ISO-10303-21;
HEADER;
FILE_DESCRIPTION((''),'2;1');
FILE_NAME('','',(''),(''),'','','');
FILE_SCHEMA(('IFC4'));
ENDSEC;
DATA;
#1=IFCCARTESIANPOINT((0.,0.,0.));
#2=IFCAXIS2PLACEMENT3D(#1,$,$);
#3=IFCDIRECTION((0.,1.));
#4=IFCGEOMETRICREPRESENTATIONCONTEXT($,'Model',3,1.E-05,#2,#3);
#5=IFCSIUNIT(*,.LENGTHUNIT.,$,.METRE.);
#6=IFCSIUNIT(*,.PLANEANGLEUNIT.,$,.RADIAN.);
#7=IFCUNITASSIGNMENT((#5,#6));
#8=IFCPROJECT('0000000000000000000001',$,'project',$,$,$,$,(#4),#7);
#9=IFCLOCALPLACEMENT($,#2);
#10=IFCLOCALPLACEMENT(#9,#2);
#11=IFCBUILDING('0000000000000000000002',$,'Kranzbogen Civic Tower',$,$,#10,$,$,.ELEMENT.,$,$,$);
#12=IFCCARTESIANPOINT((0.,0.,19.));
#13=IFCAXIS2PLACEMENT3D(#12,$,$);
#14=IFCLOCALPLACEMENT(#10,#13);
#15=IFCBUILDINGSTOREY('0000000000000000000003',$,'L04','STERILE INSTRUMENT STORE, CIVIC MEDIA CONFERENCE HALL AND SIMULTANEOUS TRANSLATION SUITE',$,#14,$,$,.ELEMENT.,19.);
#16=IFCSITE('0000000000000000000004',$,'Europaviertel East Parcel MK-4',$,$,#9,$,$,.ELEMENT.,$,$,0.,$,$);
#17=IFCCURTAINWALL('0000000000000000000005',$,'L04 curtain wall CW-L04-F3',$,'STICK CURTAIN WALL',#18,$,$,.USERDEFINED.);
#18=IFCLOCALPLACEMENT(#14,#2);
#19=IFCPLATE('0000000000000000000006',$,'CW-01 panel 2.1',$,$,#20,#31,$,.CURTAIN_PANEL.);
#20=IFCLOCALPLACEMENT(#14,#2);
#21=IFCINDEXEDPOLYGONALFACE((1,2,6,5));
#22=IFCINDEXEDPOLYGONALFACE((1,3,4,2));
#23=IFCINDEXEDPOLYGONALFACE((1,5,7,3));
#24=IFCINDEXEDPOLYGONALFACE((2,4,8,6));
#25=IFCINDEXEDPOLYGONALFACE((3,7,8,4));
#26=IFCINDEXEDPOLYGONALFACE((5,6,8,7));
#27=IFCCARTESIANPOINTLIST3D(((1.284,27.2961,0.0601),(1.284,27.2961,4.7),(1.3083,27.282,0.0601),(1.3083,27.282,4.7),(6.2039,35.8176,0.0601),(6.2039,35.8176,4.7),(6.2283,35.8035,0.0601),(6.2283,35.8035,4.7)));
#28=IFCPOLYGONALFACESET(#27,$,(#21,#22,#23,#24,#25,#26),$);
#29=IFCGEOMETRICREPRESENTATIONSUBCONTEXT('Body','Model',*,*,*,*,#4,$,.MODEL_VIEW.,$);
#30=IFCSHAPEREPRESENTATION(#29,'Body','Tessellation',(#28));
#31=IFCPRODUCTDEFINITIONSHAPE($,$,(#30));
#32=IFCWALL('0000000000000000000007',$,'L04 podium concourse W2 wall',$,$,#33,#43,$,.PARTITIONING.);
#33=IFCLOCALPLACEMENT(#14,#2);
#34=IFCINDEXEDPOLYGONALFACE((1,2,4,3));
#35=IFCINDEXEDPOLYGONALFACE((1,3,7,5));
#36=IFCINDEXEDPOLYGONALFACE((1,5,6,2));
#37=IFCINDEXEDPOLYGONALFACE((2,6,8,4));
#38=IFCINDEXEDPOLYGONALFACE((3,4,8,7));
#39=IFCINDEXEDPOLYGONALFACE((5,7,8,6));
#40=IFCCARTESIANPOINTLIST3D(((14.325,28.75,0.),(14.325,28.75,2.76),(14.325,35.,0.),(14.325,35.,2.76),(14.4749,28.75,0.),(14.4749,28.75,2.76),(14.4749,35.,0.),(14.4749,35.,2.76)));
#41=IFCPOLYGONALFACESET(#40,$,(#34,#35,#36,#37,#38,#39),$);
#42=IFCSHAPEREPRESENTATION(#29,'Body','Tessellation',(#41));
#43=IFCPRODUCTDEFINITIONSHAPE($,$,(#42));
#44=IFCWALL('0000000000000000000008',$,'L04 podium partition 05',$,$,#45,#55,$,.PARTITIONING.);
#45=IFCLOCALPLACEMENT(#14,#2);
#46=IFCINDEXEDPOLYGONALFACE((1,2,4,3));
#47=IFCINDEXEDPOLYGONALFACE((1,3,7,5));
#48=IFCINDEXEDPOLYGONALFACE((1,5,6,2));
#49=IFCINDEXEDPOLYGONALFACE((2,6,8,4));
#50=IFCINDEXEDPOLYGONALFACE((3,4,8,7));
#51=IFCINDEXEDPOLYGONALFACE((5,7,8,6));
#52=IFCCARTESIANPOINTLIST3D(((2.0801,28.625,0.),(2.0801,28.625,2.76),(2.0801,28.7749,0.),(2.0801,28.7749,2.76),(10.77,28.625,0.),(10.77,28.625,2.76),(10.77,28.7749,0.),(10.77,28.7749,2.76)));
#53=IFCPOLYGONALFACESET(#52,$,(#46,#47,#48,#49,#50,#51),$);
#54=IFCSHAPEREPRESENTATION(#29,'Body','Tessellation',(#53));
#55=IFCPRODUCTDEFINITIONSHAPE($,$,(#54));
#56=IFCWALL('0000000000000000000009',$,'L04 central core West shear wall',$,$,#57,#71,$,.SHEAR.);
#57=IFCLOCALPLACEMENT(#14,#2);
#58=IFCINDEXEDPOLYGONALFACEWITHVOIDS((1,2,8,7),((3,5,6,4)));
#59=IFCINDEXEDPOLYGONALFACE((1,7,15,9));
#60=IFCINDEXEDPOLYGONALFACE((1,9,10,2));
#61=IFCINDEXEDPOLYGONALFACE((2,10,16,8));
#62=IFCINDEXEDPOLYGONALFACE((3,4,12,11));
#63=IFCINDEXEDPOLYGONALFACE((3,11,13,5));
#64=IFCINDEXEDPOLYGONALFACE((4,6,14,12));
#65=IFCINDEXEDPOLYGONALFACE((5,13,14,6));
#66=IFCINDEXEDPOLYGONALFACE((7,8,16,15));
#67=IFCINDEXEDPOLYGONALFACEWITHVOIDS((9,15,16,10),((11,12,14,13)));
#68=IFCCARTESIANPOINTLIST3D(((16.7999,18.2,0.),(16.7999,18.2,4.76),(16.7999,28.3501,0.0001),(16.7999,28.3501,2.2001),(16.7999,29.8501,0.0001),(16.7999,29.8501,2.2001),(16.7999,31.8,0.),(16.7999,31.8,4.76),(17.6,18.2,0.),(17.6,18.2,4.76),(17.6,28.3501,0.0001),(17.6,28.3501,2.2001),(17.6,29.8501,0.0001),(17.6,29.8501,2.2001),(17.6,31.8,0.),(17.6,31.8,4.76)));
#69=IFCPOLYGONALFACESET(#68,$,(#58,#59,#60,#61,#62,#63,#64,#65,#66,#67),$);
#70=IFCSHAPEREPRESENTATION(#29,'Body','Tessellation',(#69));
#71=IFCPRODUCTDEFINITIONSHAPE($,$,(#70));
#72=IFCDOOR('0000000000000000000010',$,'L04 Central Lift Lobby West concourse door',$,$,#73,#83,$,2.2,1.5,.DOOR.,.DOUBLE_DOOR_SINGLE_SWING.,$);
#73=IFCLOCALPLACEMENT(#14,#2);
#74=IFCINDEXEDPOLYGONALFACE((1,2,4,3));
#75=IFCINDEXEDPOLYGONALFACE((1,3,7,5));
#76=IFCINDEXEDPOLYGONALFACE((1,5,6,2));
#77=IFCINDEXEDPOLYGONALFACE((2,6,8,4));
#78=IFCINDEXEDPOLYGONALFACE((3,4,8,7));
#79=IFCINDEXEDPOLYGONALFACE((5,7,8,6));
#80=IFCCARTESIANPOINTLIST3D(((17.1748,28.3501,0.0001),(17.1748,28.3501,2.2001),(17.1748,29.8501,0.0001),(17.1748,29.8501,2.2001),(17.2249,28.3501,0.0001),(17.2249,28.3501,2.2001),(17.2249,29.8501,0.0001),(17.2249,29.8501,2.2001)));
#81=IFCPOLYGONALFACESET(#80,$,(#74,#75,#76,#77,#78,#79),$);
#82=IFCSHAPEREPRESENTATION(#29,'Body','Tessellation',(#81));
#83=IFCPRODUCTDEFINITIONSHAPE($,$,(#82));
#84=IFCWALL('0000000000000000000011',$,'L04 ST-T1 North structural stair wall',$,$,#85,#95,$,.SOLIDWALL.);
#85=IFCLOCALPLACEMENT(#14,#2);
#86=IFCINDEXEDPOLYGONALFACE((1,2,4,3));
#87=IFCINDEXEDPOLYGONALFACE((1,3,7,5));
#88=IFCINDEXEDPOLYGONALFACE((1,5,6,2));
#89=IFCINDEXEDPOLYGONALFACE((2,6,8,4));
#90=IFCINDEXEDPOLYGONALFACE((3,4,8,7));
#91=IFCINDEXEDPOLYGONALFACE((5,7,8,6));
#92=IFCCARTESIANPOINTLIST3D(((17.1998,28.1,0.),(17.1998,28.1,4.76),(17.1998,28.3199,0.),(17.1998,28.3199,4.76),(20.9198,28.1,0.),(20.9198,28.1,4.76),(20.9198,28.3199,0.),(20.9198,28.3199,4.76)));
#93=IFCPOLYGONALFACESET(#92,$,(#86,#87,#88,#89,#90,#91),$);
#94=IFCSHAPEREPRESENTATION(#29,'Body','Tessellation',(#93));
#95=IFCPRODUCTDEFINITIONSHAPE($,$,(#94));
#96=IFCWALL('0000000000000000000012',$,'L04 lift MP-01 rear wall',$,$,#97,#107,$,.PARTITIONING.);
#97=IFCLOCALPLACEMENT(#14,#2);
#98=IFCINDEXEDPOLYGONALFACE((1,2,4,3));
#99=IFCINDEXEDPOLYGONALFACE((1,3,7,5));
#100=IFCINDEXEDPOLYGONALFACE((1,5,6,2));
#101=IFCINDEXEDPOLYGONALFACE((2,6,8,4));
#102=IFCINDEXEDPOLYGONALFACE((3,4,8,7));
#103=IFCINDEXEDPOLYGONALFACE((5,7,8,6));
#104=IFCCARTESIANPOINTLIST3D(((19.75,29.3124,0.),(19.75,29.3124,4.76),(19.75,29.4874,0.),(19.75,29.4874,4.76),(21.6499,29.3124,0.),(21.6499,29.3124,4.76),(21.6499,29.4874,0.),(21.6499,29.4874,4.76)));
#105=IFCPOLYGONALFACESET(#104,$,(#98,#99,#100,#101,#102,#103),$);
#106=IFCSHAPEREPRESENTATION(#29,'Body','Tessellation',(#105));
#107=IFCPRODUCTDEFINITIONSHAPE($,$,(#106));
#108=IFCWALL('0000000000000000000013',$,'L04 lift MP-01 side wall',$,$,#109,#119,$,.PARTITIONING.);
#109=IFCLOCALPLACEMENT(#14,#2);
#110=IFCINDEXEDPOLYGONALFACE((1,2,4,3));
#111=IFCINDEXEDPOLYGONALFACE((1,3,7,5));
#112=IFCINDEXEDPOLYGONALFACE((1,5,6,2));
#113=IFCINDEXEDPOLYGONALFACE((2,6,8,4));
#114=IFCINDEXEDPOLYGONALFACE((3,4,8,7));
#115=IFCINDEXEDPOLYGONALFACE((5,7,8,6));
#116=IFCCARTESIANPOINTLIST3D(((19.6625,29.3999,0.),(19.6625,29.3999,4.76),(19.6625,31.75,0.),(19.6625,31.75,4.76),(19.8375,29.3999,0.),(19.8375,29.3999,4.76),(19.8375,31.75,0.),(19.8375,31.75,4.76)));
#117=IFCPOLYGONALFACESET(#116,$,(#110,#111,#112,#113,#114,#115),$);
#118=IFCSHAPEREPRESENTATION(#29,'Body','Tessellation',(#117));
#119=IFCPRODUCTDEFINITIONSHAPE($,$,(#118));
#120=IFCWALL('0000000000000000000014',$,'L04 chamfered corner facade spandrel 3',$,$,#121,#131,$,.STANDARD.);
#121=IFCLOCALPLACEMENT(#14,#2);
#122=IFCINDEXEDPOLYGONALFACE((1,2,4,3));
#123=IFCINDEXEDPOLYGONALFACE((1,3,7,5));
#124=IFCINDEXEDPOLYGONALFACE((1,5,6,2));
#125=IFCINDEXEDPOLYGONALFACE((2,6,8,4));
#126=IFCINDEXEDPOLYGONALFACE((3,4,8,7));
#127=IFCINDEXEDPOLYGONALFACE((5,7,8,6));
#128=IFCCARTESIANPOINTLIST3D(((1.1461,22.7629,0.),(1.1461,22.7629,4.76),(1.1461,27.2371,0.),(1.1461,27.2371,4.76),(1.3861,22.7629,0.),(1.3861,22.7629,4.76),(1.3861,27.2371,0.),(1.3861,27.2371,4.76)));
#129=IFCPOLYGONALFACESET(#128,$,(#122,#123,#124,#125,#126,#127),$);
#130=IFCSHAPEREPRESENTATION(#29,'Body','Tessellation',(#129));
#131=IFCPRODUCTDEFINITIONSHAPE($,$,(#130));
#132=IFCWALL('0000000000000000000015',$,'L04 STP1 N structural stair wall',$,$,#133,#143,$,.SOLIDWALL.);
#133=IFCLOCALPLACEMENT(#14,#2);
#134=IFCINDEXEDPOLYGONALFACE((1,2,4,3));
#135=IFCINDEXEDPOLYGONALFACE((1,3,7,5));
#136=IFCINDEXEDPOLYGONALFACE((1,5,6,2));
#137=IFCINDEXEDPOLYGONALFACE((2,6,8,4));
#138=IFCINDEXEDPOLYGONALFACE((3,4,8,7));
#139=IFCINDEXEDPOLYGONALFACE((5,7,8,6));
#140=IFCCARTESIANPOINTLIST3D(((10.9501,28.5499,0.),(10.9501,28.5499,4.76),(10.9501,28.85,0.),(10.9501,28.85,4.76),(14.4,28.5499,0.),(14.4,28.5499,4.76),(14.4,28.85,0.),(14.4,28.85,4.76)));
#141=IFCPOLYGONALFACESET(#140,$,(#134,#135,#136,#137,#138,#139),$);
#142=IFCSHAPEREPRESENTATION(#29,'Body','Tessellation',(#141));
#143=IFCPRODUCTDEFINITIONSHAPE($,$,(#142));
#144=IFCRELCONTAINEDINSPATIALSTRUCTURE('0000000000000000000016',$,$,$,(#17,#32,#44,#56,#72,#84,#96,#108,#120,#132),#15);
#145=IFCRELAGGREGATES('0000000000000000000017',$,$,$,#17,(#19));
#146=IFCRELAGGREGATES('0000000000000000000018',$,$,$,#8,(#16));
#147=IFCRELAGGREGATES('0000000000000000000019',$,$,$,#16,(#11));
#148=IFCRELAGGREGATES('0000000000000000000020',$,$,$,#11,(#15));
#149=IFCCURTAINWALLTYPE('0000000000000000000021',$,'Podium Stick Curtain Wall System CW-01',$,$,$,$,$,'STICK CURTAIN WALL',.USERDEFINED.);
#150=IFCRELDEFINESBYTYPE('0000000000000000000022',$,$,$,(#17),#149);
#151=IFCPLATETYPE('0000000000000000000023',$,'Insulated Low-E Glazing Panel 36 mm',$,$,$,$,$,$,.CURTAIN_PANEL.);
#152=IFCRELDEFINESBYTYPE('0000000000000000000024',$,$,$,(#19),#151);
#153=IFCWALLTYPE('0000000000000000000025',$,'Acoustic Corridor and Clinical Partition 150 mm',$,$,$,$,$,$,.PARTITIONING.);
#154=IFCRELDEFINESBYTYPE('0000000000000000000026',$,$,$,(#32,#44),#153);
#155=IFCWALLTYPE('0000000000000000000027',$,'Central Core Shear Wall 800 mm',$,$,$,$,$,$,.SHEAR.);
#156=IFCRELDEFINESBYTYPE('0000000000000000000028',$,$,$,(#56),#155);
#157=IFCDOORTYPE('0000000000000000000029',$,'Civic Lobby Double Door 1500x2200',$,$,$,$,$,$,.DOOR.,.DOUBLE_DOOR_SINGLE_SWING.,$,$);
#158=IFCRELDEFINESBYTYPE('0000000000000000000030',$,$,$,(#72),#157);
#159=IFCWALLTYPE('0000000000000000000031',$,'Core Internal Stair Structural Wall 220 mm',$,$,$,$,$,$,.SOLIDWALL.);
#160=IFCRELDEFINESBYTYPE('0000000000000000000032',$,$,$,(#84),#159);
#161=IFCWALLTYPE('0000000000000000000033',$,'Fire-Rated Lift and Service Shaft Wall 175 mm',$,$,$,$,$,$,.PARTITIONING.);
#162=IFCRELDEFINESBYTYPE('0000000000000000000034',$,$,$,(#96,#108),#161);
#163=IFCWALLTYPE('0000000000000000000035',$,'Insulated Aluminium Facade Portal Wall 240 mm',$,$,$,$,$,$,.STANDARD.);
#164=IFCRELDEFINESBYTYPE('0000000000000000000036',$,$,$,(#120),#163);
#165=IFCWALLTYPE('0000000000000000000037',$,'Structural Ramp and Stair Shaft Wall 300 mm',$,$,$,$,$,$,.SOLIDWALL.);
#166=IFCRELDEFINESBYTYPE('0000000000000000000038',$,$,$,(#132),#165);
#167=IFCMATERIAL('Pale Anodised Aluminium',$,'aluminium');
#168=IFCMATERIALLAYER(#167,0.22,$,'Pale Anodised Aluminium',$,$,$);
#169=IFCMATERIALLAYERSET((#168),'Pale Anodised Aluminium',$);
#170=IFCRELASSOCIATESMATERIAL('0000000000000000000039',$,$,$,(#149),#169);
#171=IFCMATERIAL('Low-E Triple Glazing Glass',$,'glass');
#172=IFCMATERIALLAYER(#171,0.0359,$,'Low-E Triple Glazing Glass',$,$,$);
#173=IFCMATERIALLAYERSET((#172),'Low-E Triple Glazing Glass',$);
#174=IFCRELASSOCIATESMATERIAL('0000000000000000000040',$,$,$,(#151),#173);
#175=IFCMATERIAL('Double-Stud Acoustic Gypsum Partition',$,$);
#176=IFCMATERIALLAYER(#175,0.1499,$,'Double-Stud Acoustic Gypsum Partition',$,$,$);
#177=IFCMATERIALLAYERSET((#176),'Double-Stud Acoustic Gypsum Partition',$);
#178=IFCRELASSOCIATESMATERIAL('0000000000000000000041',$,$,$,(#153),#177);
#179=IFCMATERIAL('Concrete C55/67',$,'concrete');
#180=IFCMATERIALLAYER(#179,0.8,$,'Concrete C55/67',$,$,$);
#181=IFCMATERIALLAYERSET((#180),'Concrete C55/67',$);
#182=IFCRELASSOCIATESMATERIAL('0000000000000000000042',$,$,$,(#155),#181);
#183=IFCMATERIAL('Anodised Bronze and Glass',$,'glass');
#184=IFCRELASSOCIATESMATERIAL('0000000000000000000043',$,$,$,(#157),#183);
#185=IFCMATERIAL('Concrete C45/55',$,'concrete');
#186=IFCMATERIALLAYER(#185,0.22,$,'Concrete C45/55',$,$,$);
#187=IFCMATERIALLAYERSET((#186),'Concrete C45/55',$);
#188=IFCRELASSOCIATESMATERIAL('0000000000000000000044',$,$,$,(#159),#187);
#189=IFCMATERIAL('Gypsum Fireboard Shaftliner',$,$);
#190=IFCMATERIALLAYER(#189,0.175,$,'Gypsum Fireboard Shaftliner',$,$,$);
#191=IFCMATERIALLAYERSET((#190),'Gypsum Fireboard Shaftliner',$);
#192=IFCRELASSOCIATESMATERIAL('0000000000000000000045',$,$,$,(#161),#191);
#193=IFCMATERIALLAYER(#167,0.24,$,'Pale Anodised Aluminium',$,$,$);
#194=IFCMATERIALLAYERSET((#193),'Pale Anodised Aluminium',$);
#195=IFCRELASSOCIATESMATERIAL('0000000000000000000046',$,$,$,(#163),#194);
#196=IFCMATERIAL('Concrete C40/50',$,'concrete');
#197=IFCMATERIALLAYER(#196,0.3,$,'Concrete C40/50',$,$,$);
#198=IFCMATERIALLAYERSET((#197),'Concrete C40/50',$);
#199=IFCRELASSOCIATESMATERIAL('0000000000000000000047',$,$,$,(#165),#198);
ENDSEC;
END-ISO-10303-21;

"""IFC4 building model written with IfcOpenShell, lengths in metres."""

from ifc_helpers import new_model, si_unit, direction, frame, frame_2d, origin, origin_2d, place, context, subcontext, project, spatial, rectangle, extrude, material, layer, layer_set, type_object, element, fill, aggregate, save


model = new_model("IFC4")

# Units and contexts
model_context = context("Model", 3, precision=1e-05, world=origin(), true_north=direction((0.0, 1.0)))
body_context = subcontext(model_context, "Body", "Model", "MODEL_VIEW")
ifc_project = project(units=[si_unit("LENGTHUNIT", "METRE"), si_unit("PLANEANGLEUNIT", "RADIAN")], contexts=[model_context])

# Site, building, storey
site_placement = place(None, origin())
site = spatial("IfcSite", under=ifc_project, at=site_placement, Name="Europaviertel East Parcel MK-4", CompositionType="ELEMENT", RefElevation=0.0)
building_placement = place(site_placement, origin())
building = spatial("IfcBuilding", under=site, at=building_placement, Name="Kranzbogen Civic Tower", CompositionType="ELEMENT")
storey_placement = place(building_placement, frame((0.0, 0.0, 19.0)))
storey = spatial("IfcBuildingStorey", under=building, at=storey_placement, Name="L04", Description="STERILE INSTRUMENT STORE, CIVIC MEDIA CONFERENCE HALL AND SIMULTANEOUS TRANSLATION SUITE", CompositionType="ELEMENT", Elevation=19.0)

# Curtain wall
ifc_material_1 = material(Name="Pale Anodised Aluminium", Category="aluminium")
ifc_layer_1 = layer(ifc_material_1, 0.22, Name="Pale Anodised Aluminium")
ifc_layer_set_1 = layer_set([ifc_layer_1], Name="Pale Anodised Aluminium")
curtain_wall_type = type_object("IfcCurtainWallType", Name="Podium Stick Curtain Wall System CW-01", ElementType="STICK CURTAIN WALL", PredefinedType="USERDEFINED", material=ifc_layer_set_1)
curtain_wall_placement = place(storey_placement, origin())
curtain_wall = element("IfcCurtainWall", 1, at=curtain_wall_placement, inside=storey, type_object=curtain_wall_type, Name="L04 curtain wall CW-L04-F3", ObjectType="STICK CURTAIN WALL", PredefinedType="USERDEFINED")

# Plate
ifc_material_2 = material(Name="Low-E Triple Glazing Glass", Category="glass")
ifc_layer_2 = layer(ifc_material_2, 0.0359, Name="Low-E Triple Glazing Glass")
ifc_layer_set_2 = layer_set([ifc_layer_2], Name="Low-E Triple Glazing Glass")
plate_type = type_object("IfcPlateType", Name="Insulated Low-E Glazing Panel 36 mm", PredefinedType="CURTAIN_PANEL", material=ifc_layer_set_2)
plate_placement = place(storey_placement, frame((3.7561, 31.5498, 0.0601), z_axis=(0.0, 0.0, 1.0), x_axis=(-0.500006, -0.866022, 0.0)))
plate = element("IfcPlate", 2, at=plate_placement, type_object=plate_type, Name="CW-01 panel 2.1", PredefinedType="CURTAIN_PANEL", context=body_context, shape_type="SweptSolid", body=[
    extrude(rectangle(XDim=9.8398, YDim=0.0281, at=origin_2d()), origin(), (0.0, 0.0, 1.0), 4.6399),
])
aggregate(curtain_wall, [plate])

# Walls
ifc_material_3 = material(Name="Double-Stud Acoustic Gypsum Partition")
ifc_layer_3 = layer(ifc_material_3, 0.1499, Name="Double-Stud Acoustic Gypsum Partition")
ifc_layer_set_3 = layer_set([ifc_layer_3], Name="Double-Stud Acoustic Gypsum Partition")
wall_type_1 = type_object("IfcWallType", Name="Acoustic Corridor and Clinical Partition 150 mm", PredefinedType="PARTITIONING", material=ifc_layer_set_3)
wall_1_placement = place(storey_placement, frame((14.3999, 28.75, 0.0), z_axis=(0.0, 0.0, 1.0), x_axis=(0.0, 1.0, 0.0)))
element("IfcWall", 3, at=wall_1_placement, inside=storey, type_object=wall_type_1, Name="L04 podium concourse W2 wall", PredefinedType="PARTITIONING", context=body_context, shape_type="SweptSolid", body=[
    extrude(rectangle(XDim=6.25, YDim=0.1499, at=frame_2d((3.125, 0.0))), origin(), (0.0, 0.0, 1.0), 2.76),
])
wall_2_placement = place(storey_placement, frame((2.0801, 28.7, 0.0), z_axis=(0.0, 0.0, 1.0), x_axis=(1.0, 0.0, 0.0)))
element("IfcWall", 4, at=wall_2_placement, inside=storey, type_object=wall_type_1, Name="L04 podium partition 05", PredefinedType="PARTITIONING", context=body_context, shape_type="SweptSolid", body=[
    extrude(rectangle(XDim=8.6899, YDim=0.1499, at=frame_2d((4.345, 0.0))), origin(), (0.0, 0.0, 1.0), 2.76),
])

# Wall, opening, door
ifc_material_4 = material(Name="Concrete C55/67", Category="concrete")
ifc_layer_4 = layer(ifc_material_4, 0.8, Name="Concrete C55/67")
ifc_layer_set_4 = layer_set([ifc_layer_4], Name="Concrete C55/67")
wall_type_2 = type_object("IfcWallType", Name="Central Core Shear Wall 800 mm", PredefinedType="SHEAR", material=ifc_layer_set_4)
wall_3_placement = place(storey_placement, frame((17.2, 31.8, 0.0), z_axis=(0.0, 0.0, 1.0), x_axis=(0.0, -1.0, 0.0)))
wall_3 = element("IfcWall", 5, at=wall_3_placement, inside=storey, type_object=wall_type_2, Name="L04 central core West shear wall", PredefinedType="SHEAR", context=body_context, shape_type="SweptSolid", body=[
    extrude(rectangle(XDim=13.6001, YDim=0.8, at=frame_2d((6.8, 0.0))), origin(), (0.0, 0.0, 1.0), 4.76),
])
opening_placement = place(wall_3_placement, frame((1.95, 0.0, 0.0)))
opening = element("IfcOpeningElement", 6, at=opening_placement, cuts=wall_3, PredefinedType="OPENING", context=body_context, shape_type="SweptSolid", body=[
    extrude(rectangle(XDim=1.5, YDim=2.2, at=frame_2d((0.75, 1.1001))), frame((0.0, 0.4102, 0.0), z_axis=(0.0, -1.0, 0.0), x_axis=(1.0, 0.0, 0.0)), (0.0, 0.0, 1.0), 0.8201),
])
ifc_material_5 = material(Name="Anodised Bronze and Glass", Category="glass")
door_type = type_object("IfcDoorType", Name="Civic Lobby Double Door 1500x2200", OperationType="DOUBLE_DOOR_SINGLE_SWING", PredefinedType="DOOR", material=ifc_material_5)
door_placement = place(opening_placement, origin())
door = element("IfcDoor", 7, at=door_placement, inside=storey, type_object=door_type, Name="L04 Central Lift Lobby West concourse door", OperationType="DOUBLE_DOOR_SINGLE_SWING", OverallHeight=2.2, OverallWidth=1.5, PredefinedType="DOOR", context=body_context, shape_type="SweptSolid", body=[
    extrude(rectangle(XDim=1.5, YDim=2.2, at=frame_2d((0.75, 1.1001))), frame((0.0, 0.0249, 0.0), z_axis=(0.0, -1.0, 0.0), x_axis=(1.0, 0.0, 0.0)), (0.0, 0.0, 1.0), 0.05),
])
fill(opening, door)

# Walls
ifc_material_6 = material(Name="Concrete C45/55", Category="concrete")
ifc_layer_5 = layer(ifc_material_6, 0.22, Name="Concrete C45/55")
ifc_layer_set_5 = layer_set([ifc_layer_5], Name="Concrete C45/55")
wall_type_3 = type_object("IfcWallType", Name="Core Internal Stair Structural Wall 220 mm", PredefinedType="SOLIDWALL", material=ifc_layer_set_5)
wall_4_placement = place(storey_placement, frame((17.2, 28.21, 0.0), z_axis=(0.0, 0.0, 1.0), x_axis=(1.0, 0.0, 0.0)))
element("IfcWall", 8, at=wall_4_placement, inside=storey, type_object=wall_type_3, Name="L04 ST-T1 North structural stair wall", PredefinedType="SOLIDWALL", context=body_context, shape_type="SweptSolid", body=[
    extrude(rectangle(XDim=3.72, YDim=0.22, at=frame_2d((1.8599, 0.0))), origin(), (0.0, 0.0, 1.0), 4.76),
])
ifc_material_7 = material(Name="Gypsum Fireboard Shaftliner")
ifc_layer_6 = layer(ifc_material_7, 0.175, Name="Gypsum Fireboard Shaftliner")
ifc_layer_set_6 = layer_set([ifc_layer_6], Name="Gypsum Fireboard Shaftliner")
wall_type_4 = type_object("IfcWallType", Name="Fire-Rated Lift and Service Shaft Wall 175 mm", PredefinedType="PARTITIONING", material=ifc_layer_set_6)
wall_5_placement = place(storey_placement, frame((19.75, 29.3999, 0.0), z_axis=(0.0, 0.0, 1.0), x_axis=(1.0, 0.0, 0.0)))
element("IfcWall", 9, at=wall_5_placement, inside=storey, type_object=wall_type_4, Name="L04 lift MP-01 rear wall", PredefinedType="PARTITIONING", context=body_context, shape_type="SweptSolid", body=[
    extrude(rectangle(XDim=1.8999, YDim=0.175, at=frame_2d((0.95, 0.0))), origin(), (0.0, 0.0, 1.0), 4.76),
])
wall_6_placement = place(storey_placement, frame((19.75, 29.3999, 0.0), z_axis=(0.0, 0.0, 1.0), x_axis=(0.0, 1.0, 0.0)))
element("IfcWall", 10, at=wall_6_placement, inside=storey, type_object=wall_type_4, Name="L04 lift MP-01 side wall", PredefinedType="PARTITIONING", context=body_context, shape_type="SweptSolid", body=[
    extrude(rectangle(XDim=2.3501, YDim=0.175, at=frame_2d((1.175, 0.0))), origin(), (0.0, 0.0, 1.0), 4.76),
])
ifc_layer_7 = layer(ifc_material_1, 0.24, Name="Pale Anodised Aluminium")
ifc_layer_set_7 = layer_set([ifc_layer_7], Name="Pale Anodised Aluminium")
wall_type_5 = type_object("IfcWallType", Name="Insulated Aluminium Facade Portal Wall 240 mm", PredefinedType="STANDARD", material=ifc_layer_set_7)
wall_7_placement = place(storey_placement, frame((1.2661, 27.2371, 0.0), z_axis=(0.0, 0.0, 1.0), x_axis=(0.0, -1.0, 0.0)))
element("IfcWall", 11, at=wall_7_placement, inside=storey, type_object=wall_type_5, Name="L04 chamfered corner facade spandrel 3", PredefinedType="STANDARD", context=body_context, shape_type="SweptSolid", body=[
    extrude(rectangle(XDim=4.4741, YDim=0.24, at=frame_2d((2.2371, 0.0))), origin(), (0.0, 0.0, 1.0), 4.76),
])
ifc_material_8 = material(Name="Concrete C40/50", Category="concrete")
ifc_layer_8 = layer(ifc_material_8, 0.3, Name="Concrete C40/50")
ifc_layer_set_8 = layer_set([ifc_layer_8], Name="Concrete C40/50")
wall_type_6 = type_object("IfcWallType", Name="Structural Ramp and Stair Shaft Wall 300 mm", PredefinedType="SOLIDWALL", material=ifc_layer_set_8)
wall_8_placement = place(storey_placement, frame((10.95, 28.7, 0.0), z_axis=(0.0, 0.0, 1.0), x_axis=(1.0, 0.0, 0.0)))
element("IfcWall", 12, at=wall_8_placement, inside=storey, type_object=wall_type_6, Name="L04 STP1 N structural stair wall", PredefinedType="SOLIDWALL", context=body_context, shape_type="SweptSolid", body=[
    extrude(rectangle(XDim=3.45, YDim=0.3, at=frame_2d((1.7251, 0.0))), origin(), (0.0, 0.0, 1.0), 4.76),
])

save(model, "model.ifc")
